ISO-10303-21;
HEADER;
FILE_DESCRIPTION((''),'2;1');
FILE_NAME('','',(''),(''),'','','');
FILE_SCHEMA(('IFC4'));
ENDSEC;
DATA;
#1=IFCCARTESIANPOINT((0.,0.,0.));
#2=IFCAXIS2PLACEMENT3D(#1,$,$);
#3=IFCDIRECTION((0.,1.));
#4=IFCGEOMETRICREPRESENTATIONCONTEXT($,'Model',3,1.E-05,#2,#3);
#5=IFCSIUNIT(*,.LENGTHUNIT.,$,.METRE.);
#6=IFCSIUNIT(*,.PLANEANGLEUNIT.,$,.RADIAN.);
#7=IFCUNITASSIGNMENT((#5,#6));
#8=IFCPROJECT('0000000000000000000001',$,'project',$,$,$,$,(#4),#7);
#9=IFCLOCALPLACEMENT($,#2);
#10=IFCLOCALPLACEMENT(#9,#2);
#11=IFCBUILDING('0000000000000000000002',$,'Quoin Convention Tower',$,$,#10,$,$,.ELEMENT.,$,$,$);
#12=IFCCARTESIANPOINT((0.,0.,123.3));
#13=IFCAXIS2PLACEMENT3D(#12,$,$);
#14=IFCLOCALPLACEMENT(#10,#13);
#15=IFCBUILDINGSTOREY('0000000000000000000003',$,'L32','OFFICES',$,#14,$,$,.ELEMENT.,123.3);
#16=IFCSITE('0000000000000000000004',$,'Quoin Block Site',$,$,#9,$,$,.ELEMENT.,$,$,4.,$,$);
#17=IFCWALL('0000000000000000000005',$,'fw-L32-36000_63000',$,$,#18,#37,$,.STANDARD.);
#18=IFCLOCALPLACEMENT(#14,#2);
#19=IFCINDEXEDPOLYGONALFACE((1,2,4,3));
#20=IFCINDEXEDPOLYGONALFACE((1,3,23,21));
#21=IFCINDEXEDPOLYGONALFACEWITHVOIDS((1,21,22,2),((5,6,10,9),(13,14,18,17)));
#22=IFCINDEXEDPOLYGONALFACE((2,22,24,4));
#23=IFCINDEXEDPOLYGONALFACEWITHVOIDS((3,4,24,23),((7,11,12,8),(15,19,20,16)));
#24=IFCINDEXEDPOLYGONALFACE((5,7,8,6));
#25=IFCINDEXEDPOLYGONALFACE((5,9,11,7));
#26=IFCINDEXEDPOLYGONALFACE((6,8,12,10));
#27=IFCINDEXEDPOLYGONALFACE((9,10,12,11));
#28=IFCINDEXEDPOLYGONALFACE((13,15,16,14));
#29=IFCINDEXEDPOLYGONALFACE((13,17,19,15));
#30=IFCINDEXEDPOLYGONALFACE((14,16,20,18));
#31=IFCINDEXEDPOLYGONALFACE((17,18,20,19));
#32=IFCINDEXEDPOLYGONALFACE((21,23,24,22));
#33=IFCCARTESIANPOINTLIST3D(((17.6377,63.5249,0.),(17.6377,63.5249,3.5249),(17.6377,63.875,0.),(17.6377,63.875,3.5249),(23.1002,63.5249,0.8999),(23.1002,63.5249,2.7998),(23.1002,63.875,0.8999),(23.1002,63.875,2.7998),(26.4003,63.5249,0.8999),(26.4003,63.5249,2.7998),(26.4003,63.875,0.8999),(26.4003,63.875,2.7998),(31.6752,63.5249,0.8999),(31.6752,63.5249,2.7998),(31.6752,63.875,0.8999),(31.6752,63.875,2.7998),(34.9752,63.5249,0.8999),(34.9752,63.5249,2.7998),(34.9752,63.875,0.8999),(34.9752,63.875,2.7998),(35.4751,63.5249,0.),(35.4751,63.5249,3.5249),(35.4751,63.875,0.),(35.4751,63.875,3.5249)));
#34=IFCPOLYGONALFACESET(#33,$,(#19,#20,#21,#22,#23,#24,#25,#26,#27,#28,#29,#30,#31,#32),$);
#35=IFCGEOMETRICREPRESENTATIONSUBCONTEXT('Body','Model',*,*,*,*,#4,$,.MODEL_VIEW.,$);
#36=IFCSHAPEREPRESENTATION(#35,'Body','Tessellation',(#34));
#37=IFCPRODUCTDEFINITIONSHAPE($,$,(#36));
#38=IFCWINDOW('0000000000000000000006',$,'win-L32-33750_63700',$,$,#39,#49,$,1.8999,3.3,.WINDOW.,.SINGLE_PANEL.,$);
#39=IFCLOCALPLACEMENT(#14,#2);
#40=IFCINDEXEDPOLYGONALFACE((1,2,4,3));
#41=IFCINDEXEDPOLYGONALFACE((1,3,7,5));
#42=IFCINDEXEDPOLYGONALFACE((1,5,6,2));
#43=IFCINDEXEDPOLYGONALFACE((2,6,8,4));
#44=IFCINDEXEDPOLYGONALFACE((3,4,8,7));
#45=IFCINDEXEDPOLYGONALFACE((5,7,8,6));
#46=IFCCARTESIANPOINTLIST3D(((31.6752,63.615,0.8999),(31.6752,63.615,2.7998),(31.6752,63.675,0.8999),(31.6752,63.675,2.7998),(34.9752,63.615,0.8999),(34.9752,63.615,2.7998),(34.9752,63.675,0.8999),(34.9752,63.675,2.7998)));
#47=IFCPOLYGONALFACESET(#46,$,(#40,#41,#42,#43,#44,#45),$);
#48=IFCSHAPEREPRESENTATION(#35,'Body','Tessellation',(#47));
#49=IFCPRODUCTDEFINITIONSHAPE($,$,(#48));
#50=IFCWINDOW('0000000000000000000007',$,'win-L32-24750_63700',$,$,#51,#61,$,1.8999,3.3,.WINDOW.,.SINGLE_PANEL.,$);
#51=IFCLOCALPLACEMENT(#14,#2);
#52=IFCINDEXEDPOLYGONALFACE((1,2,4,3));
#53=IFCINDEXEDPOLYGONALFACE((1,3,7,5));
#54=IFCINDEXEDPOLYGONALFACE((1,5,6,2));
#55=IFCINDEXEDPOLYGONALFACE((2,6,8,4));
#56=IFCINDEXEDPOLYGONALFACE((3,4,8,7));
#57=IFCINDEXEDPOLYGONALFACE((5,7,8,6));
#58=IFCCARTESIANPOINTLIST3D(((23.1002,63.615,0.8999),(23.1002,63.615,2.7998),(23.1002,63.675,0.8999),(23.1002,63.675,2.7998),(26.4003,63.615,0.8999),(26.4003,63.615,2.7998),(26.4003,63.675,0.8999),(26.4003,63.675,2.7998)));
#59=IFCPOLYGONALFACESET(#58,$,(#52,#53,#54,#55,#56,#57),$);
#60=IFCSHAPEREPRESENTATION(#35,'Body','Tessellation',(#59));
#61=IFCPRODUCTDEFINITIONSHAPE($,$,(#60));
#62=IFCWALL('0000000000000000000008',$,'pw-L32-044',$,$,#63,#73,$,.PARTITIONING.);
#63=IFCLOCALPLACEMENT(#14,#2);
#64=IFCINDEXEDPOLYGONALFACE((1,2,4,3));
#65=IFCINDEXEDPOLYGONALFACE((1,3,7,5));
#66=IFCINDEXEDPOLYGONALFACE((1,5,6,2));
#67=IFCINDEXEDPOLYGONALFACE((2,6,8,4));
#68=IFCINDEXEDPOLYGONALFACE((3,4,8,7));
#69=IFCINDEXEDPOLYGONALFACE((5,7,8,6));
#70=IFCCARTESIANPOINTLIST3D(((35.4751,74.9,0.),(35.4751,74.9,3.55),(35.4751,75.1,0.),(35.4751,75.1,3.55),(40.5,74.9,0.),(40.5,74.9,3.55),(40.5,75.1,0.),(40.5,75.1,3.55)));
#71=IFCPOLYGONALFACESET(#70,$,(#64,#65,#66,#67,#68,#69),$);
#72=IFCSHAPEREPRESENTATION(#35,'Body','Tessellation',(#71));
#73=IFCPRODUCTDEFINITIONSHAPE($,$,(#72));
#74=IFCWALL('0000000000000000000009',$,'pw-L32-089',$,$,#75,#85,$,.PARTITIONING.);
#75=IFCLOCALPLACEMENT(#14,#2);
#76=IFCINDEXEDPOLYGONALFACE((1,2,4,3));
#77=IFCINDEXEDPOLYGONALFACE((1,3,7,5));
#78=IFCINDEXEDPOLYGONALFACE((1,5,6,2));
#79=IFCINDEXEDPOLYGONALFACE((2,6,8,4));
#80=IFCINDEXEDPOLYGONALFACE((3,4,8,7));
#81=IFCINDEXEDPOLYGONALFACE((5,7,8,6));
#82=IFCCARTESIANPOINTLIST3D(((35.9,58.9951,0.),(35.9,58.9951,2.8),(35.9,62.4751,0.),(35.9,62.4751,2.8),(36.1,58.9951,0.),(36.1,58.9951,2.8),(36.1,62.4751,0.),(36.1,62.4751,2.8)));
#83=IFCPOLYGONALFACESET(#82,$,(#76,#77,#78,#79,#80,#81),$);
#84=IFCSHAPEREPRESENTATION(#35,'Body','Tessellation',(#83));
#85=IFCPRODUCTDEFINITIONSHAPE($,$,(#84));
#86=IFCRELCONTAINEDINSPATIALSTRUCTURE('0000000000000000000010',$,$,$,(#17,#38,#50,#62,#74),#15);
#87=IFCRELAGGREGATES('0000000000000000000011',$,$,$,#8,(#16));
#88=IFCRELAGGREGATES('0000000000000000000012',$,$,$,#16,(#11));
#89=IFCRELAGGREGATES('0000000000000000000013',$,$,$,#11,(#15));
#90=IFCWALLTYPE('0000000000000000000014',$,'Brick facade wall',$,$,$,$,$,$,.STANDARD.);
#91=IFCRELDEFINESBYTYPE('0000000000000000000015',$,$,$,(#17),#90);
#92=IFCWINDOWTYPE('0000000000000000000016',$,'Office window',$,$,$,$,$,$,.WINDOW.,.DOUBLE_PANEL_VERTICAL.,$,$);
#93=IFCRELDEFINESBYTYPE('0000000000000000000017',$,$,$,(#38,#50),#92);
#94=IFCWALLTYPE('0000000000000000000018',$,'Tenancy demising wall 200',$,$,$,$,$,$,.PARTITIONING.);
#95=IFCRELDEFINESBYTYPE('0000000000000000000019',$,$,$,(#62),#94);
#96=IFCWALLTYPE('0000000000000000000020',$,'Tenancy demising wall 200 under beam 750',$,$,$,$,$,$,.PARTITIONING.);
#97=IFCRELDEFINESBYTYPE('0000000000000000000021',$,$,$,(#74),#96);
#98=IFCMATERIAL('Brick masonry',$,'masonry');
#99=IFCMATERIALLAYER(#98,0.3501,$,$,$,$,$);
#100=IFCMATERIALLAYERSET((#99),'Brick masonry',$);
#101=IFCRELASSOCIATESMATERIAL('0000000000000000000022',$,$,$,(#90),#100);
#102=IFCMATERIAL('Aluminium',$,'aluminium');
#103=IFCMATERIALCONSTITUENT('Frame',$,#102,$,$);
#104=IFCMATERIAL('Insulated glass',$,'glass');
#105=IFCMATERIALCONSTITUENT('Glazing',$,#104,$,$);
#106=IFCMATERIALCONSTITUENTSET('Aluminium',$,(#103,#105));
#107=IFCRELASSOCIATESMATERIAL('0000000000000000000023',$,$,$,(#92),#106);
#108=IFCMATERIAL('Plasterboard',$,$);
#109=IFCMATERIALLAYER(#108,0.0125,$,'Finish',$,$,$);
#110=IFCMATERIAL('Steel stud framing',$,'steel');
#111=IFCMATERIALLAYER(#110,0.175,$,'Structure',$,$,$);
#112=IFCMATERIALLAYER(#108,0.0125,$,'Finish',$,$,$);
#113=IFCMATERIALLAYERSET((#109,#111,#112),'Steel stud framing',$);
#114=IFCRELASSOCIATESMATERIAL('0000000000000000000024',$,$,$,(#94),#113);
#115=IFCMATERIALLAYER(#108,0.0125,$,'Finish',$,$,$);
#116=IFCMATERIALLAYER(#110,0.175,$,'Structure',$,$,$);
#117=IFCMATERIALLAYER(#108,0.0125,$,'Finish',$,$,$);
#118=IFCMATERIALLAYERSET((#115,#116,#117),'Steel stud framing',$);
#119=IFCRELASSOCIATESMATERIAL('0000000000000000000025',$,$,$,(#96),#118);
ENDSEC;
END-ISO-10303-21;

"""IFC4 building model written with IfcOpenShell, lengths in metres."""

from ifc_helpers import new_model, si_unit, direction, frame, frame_2d, origin, place, context, subcontext, project, spatial, rectangle, extrude, material, layer, layer_set, constituent, constituent_set, type_object, element, fill, save


model = new_model("IFC4")

# Units and contexts
model_context = context("Model", 3, precision=1e-05, world=origin(), true_north=direction((0.0, 1.0)))
body_context = subcontext(model_context, "Body", "Model", "MODEL_VIEW")
ifc_project = project(units=[si_unit("LENGTHUNIT", "METRE"), si_unit("PLANEANGLEUNIT", "RADIAN")], contexts=[model_context])

# Site, building, storey
site_placement = place(None, origin())
site = spatial("IfcSite", under=ifc_project, at=site_placement, Name="Quoin Block Site", CompositionType="ELEMENT", RefElevation=4.0)
building_placement = place(site_placement, origin())
building = spatial("IfcBuilding", under=site, at=building_placement, Name="Quoin Convention Tower", CompositionType="ELEMENT")
storey_placement = place(building_placement, frame((0.0, 0.0, 123.3)))
storey = spatial("IfcBuildingStorey", under=building, at=storey_placement, Name="L32", Description="OFFICES", CompositionType="ELEMENT", Elevation=123.3)

# Shared definitions
ifc_material_1 = material(Name="Plasterboard")
ifc_material_2 = material(Name="Steel stud framing", Category="steel")

# Shared definitions
ifc_material_3 = material(Name="Brick masonry", Category="masonry")
ifc_layer_1 = layer(ifc_material_3, 0.3501)
ifc_layer_set_1 = layer_set([ifc_layer_1], Name="Brick masonry")
wall_type_1 = type_object("IfcWallType", Name="Brick facade wall", PredefinedType="STANDARD", material=ifc_layer_set_1)
ifc_material_4 = material(Name="Aluminium", Category="aluminium")
ifc_constituent_1 = constituent(ifc_material_4, Name="Frame")
ifc_material_5 = material(Name="Insulated glass", Category="glass")
ifc_constituent_2 = constituent(ifc_material_5, Name="Glazing")
ifc_constituent_set = constituent_set(constituents=[ifc_constituent_1, ifc_constituent_2], Name="Aluminium")
window_type = type_object("IfcWindowType", Name="Office window", PartitioningType="DOUBLE_PANEL_VERTICAL", PredefinedType="WINDOW", material=ifc_constituent_set)

# Wall, openings, windows
wall_1_placement = place(storey_placement, frame((35.4751, 63.7, 0.0), z_axis=(0.0, 0.0, 1.0), x_axis=(-1.0, 0.0, 0.0)))
wall_1 = element("IfcWall", 1, at=wall_1_placement, inside=storey, type_object=wall_type_1, Name="fw-L32-36000_63000", PredefinedType="STANDARD", context=body_context, shape_type="SweptSolid", body=[
    extrude(rectangle(XDim=17.8374, YDim=0.3501, at=frame_2d((8.9187, 0.0))), origin(), (0.0, 0.0, 1.0), 3.5249),
])
opening_1_placement = place(wall_1_placement, frame((0.5, 0.0, 0.8999)))
opening_1 = element("IfcOpeningElement", 2, at=opening_1_placement, cuts=wall_1, PredefinedType="OPENING", context=body_context, shape_type="SweptSolid", body=[
    extrude(rectangle(XDim=3.3, YDim=1.8999, at=frame_2d((1.6499, 0.95))), frame((0.0, 0.1851, 0.0), z_axis=(0.0, -1.0, 0.0), x_axis=(1.0, 0.0, 0.0)), (0.0, 0.0, 1.0), 0.3701),
])
opening_2_placement = place(wall_1_placement, frame((9.075, 0.0, 0.8999)))
opening_2 = element("IfcOpeningElement", 3, at=opening_2_placement, cuts=wall_1, PredefinedType="OPENING", context=body_context, shape_type="SweptSolid", body=[
    extrude(rectangle(XDim=3.3, YDim=1.8999, at=frame_2d((1.6499, 0.95))), frame((0.0, 0.1851, 0.0), z_axis=(0.0, -1.0, 0.0), x_axis=(1.0, 0.0, 0.0)), (0.0, 0.0, 1.0), 0.3701),
])
window_1_placement = place(opening_1_placement, origin())
window_1 = element("IfcWindow", 4, at=window_1_placement, inside=storey, type_object=window_type, Name="win-L32-33750_63700", OverallHeight=1.8999, OverallWidth=3.3, PartitioningType="SINGLE_PANEL", PredefinedType="WINDOW", context=body_context, shape_type="SweptSolid", body=[
    extrude(rectangle(XDim=3.3, YDim=1.8999, at=frame_2d((1.6499, 0.95))), frame((0.0, 0.085, 0.0), z_axis=(0.0, -1.0, 0.0), x_axis=(1.0, 0.0, 0.0)), (0.0, 0.0, 1.0), 0.0601),
])
fill(opening_1, window_1)
window_2_placement = place(opening_2_placement, origin())
window_2 = element("IfcWindow", 5, at=window_2_placement, inside=storey, type_object=window_type, Name="win-L32-24750_63700", OverallHeight=1.8999, OverallWidth=3.3, PartitioningType="SINGLE_PANEL", PredefinedType="WINDOW", context=body_context, shape_type="SweptSolid", body=[
    extrude(rectangle(XDim=3.3, YDim=1.8999, at=frame_2d((1.6499, 0.95))), frame((0.0, 0.085, 0.0), z_axis=(0.0, -1.0, 0.0), x_axis=(1.0, 0.0, 0.0)), (0.0, 0.0, 1.0), 0.0601),
])
fill(opening_2, window_2)

# Walls
ifc_layer_2 = layer(ifc_material_1, 0.0125, Name="Finish")
ifc_layer_3 = layer(ifc_material_2, 0.175, Name="Structure")
ifc_layer_4 = layer(ifc_material_1, 0.0125, Name="Finish")
ifc_layer_set_2 = layer_set([ifc_layer_2, ifc_layer_3, ifc_layer_4], Name="Steel stud framing")
wall_type_2 = type_object("IfcWallType", Name="Tenancy demising wall 200", PredefinedType="PARTITIONING", material=ifc_layer_set_2)
wall_2_placement = place(storey_placement, frame((35.4751, 75.0, 0.0), z_axis=(0.0, 0.0, 1.0), x_axis=(1.0, 0.0, 0.0)))
element("IfcWall", 6, at=wall_2_placement, inside=storey, type_object=wall_type_2, Name="pw-L32-044", PredefinedType="PARTITIONING", context=body_context, shape_type="SweptSolid", body=[
    extrude(rectangle(XDim=5.0249, YDim=0.2, at=frame_2d((2.5125, 0.0))), origin(), (0.0, 0.0, 1.0), 3.55),
])
ifc_layer_5 = layer(ifc_material_1, 0.0125, Name="Finish")
ifc_layer_6 = layer(ifc_material_2, 0.175, Name="Structure")
ifc_layer_7 = layer(ifc_material_1, 0.0125, Name="Finish")
ifc_layer_set_3 = layer_set([ifc_layer_5, ifc_layer_6, ifc_layer_7], Name="Steel stud framing")
wall_type_3 = type_object("IfcWallType", Name="Tenancy demising wall 200 under beam 750", PredefinedType="PARTITIONING", material=ifc_layer_set_3)
wall_3_placement = place(storey_placement, frame((36.0, 58.9951, 0.0), z_axis=(0.0, 0.0, 1.0), x_axis=(0.0, 1.0, 0.0)))
element("IfcWall", 7, at=wall_3_placement, inside=storey, type_object=wall_type_3, Name="pw-L32-089", PredefinedType="PARTITIONING", context=body_context, shape_type="SweptSolid", body=[
    extrude(rectangle(XDim=3.48, YDim=0.2, at=frame_2d((1.74, 0.0))), origin(), (0.0, 0.0, 1.0), 2.8),
])

save(model, "model.ifc")
